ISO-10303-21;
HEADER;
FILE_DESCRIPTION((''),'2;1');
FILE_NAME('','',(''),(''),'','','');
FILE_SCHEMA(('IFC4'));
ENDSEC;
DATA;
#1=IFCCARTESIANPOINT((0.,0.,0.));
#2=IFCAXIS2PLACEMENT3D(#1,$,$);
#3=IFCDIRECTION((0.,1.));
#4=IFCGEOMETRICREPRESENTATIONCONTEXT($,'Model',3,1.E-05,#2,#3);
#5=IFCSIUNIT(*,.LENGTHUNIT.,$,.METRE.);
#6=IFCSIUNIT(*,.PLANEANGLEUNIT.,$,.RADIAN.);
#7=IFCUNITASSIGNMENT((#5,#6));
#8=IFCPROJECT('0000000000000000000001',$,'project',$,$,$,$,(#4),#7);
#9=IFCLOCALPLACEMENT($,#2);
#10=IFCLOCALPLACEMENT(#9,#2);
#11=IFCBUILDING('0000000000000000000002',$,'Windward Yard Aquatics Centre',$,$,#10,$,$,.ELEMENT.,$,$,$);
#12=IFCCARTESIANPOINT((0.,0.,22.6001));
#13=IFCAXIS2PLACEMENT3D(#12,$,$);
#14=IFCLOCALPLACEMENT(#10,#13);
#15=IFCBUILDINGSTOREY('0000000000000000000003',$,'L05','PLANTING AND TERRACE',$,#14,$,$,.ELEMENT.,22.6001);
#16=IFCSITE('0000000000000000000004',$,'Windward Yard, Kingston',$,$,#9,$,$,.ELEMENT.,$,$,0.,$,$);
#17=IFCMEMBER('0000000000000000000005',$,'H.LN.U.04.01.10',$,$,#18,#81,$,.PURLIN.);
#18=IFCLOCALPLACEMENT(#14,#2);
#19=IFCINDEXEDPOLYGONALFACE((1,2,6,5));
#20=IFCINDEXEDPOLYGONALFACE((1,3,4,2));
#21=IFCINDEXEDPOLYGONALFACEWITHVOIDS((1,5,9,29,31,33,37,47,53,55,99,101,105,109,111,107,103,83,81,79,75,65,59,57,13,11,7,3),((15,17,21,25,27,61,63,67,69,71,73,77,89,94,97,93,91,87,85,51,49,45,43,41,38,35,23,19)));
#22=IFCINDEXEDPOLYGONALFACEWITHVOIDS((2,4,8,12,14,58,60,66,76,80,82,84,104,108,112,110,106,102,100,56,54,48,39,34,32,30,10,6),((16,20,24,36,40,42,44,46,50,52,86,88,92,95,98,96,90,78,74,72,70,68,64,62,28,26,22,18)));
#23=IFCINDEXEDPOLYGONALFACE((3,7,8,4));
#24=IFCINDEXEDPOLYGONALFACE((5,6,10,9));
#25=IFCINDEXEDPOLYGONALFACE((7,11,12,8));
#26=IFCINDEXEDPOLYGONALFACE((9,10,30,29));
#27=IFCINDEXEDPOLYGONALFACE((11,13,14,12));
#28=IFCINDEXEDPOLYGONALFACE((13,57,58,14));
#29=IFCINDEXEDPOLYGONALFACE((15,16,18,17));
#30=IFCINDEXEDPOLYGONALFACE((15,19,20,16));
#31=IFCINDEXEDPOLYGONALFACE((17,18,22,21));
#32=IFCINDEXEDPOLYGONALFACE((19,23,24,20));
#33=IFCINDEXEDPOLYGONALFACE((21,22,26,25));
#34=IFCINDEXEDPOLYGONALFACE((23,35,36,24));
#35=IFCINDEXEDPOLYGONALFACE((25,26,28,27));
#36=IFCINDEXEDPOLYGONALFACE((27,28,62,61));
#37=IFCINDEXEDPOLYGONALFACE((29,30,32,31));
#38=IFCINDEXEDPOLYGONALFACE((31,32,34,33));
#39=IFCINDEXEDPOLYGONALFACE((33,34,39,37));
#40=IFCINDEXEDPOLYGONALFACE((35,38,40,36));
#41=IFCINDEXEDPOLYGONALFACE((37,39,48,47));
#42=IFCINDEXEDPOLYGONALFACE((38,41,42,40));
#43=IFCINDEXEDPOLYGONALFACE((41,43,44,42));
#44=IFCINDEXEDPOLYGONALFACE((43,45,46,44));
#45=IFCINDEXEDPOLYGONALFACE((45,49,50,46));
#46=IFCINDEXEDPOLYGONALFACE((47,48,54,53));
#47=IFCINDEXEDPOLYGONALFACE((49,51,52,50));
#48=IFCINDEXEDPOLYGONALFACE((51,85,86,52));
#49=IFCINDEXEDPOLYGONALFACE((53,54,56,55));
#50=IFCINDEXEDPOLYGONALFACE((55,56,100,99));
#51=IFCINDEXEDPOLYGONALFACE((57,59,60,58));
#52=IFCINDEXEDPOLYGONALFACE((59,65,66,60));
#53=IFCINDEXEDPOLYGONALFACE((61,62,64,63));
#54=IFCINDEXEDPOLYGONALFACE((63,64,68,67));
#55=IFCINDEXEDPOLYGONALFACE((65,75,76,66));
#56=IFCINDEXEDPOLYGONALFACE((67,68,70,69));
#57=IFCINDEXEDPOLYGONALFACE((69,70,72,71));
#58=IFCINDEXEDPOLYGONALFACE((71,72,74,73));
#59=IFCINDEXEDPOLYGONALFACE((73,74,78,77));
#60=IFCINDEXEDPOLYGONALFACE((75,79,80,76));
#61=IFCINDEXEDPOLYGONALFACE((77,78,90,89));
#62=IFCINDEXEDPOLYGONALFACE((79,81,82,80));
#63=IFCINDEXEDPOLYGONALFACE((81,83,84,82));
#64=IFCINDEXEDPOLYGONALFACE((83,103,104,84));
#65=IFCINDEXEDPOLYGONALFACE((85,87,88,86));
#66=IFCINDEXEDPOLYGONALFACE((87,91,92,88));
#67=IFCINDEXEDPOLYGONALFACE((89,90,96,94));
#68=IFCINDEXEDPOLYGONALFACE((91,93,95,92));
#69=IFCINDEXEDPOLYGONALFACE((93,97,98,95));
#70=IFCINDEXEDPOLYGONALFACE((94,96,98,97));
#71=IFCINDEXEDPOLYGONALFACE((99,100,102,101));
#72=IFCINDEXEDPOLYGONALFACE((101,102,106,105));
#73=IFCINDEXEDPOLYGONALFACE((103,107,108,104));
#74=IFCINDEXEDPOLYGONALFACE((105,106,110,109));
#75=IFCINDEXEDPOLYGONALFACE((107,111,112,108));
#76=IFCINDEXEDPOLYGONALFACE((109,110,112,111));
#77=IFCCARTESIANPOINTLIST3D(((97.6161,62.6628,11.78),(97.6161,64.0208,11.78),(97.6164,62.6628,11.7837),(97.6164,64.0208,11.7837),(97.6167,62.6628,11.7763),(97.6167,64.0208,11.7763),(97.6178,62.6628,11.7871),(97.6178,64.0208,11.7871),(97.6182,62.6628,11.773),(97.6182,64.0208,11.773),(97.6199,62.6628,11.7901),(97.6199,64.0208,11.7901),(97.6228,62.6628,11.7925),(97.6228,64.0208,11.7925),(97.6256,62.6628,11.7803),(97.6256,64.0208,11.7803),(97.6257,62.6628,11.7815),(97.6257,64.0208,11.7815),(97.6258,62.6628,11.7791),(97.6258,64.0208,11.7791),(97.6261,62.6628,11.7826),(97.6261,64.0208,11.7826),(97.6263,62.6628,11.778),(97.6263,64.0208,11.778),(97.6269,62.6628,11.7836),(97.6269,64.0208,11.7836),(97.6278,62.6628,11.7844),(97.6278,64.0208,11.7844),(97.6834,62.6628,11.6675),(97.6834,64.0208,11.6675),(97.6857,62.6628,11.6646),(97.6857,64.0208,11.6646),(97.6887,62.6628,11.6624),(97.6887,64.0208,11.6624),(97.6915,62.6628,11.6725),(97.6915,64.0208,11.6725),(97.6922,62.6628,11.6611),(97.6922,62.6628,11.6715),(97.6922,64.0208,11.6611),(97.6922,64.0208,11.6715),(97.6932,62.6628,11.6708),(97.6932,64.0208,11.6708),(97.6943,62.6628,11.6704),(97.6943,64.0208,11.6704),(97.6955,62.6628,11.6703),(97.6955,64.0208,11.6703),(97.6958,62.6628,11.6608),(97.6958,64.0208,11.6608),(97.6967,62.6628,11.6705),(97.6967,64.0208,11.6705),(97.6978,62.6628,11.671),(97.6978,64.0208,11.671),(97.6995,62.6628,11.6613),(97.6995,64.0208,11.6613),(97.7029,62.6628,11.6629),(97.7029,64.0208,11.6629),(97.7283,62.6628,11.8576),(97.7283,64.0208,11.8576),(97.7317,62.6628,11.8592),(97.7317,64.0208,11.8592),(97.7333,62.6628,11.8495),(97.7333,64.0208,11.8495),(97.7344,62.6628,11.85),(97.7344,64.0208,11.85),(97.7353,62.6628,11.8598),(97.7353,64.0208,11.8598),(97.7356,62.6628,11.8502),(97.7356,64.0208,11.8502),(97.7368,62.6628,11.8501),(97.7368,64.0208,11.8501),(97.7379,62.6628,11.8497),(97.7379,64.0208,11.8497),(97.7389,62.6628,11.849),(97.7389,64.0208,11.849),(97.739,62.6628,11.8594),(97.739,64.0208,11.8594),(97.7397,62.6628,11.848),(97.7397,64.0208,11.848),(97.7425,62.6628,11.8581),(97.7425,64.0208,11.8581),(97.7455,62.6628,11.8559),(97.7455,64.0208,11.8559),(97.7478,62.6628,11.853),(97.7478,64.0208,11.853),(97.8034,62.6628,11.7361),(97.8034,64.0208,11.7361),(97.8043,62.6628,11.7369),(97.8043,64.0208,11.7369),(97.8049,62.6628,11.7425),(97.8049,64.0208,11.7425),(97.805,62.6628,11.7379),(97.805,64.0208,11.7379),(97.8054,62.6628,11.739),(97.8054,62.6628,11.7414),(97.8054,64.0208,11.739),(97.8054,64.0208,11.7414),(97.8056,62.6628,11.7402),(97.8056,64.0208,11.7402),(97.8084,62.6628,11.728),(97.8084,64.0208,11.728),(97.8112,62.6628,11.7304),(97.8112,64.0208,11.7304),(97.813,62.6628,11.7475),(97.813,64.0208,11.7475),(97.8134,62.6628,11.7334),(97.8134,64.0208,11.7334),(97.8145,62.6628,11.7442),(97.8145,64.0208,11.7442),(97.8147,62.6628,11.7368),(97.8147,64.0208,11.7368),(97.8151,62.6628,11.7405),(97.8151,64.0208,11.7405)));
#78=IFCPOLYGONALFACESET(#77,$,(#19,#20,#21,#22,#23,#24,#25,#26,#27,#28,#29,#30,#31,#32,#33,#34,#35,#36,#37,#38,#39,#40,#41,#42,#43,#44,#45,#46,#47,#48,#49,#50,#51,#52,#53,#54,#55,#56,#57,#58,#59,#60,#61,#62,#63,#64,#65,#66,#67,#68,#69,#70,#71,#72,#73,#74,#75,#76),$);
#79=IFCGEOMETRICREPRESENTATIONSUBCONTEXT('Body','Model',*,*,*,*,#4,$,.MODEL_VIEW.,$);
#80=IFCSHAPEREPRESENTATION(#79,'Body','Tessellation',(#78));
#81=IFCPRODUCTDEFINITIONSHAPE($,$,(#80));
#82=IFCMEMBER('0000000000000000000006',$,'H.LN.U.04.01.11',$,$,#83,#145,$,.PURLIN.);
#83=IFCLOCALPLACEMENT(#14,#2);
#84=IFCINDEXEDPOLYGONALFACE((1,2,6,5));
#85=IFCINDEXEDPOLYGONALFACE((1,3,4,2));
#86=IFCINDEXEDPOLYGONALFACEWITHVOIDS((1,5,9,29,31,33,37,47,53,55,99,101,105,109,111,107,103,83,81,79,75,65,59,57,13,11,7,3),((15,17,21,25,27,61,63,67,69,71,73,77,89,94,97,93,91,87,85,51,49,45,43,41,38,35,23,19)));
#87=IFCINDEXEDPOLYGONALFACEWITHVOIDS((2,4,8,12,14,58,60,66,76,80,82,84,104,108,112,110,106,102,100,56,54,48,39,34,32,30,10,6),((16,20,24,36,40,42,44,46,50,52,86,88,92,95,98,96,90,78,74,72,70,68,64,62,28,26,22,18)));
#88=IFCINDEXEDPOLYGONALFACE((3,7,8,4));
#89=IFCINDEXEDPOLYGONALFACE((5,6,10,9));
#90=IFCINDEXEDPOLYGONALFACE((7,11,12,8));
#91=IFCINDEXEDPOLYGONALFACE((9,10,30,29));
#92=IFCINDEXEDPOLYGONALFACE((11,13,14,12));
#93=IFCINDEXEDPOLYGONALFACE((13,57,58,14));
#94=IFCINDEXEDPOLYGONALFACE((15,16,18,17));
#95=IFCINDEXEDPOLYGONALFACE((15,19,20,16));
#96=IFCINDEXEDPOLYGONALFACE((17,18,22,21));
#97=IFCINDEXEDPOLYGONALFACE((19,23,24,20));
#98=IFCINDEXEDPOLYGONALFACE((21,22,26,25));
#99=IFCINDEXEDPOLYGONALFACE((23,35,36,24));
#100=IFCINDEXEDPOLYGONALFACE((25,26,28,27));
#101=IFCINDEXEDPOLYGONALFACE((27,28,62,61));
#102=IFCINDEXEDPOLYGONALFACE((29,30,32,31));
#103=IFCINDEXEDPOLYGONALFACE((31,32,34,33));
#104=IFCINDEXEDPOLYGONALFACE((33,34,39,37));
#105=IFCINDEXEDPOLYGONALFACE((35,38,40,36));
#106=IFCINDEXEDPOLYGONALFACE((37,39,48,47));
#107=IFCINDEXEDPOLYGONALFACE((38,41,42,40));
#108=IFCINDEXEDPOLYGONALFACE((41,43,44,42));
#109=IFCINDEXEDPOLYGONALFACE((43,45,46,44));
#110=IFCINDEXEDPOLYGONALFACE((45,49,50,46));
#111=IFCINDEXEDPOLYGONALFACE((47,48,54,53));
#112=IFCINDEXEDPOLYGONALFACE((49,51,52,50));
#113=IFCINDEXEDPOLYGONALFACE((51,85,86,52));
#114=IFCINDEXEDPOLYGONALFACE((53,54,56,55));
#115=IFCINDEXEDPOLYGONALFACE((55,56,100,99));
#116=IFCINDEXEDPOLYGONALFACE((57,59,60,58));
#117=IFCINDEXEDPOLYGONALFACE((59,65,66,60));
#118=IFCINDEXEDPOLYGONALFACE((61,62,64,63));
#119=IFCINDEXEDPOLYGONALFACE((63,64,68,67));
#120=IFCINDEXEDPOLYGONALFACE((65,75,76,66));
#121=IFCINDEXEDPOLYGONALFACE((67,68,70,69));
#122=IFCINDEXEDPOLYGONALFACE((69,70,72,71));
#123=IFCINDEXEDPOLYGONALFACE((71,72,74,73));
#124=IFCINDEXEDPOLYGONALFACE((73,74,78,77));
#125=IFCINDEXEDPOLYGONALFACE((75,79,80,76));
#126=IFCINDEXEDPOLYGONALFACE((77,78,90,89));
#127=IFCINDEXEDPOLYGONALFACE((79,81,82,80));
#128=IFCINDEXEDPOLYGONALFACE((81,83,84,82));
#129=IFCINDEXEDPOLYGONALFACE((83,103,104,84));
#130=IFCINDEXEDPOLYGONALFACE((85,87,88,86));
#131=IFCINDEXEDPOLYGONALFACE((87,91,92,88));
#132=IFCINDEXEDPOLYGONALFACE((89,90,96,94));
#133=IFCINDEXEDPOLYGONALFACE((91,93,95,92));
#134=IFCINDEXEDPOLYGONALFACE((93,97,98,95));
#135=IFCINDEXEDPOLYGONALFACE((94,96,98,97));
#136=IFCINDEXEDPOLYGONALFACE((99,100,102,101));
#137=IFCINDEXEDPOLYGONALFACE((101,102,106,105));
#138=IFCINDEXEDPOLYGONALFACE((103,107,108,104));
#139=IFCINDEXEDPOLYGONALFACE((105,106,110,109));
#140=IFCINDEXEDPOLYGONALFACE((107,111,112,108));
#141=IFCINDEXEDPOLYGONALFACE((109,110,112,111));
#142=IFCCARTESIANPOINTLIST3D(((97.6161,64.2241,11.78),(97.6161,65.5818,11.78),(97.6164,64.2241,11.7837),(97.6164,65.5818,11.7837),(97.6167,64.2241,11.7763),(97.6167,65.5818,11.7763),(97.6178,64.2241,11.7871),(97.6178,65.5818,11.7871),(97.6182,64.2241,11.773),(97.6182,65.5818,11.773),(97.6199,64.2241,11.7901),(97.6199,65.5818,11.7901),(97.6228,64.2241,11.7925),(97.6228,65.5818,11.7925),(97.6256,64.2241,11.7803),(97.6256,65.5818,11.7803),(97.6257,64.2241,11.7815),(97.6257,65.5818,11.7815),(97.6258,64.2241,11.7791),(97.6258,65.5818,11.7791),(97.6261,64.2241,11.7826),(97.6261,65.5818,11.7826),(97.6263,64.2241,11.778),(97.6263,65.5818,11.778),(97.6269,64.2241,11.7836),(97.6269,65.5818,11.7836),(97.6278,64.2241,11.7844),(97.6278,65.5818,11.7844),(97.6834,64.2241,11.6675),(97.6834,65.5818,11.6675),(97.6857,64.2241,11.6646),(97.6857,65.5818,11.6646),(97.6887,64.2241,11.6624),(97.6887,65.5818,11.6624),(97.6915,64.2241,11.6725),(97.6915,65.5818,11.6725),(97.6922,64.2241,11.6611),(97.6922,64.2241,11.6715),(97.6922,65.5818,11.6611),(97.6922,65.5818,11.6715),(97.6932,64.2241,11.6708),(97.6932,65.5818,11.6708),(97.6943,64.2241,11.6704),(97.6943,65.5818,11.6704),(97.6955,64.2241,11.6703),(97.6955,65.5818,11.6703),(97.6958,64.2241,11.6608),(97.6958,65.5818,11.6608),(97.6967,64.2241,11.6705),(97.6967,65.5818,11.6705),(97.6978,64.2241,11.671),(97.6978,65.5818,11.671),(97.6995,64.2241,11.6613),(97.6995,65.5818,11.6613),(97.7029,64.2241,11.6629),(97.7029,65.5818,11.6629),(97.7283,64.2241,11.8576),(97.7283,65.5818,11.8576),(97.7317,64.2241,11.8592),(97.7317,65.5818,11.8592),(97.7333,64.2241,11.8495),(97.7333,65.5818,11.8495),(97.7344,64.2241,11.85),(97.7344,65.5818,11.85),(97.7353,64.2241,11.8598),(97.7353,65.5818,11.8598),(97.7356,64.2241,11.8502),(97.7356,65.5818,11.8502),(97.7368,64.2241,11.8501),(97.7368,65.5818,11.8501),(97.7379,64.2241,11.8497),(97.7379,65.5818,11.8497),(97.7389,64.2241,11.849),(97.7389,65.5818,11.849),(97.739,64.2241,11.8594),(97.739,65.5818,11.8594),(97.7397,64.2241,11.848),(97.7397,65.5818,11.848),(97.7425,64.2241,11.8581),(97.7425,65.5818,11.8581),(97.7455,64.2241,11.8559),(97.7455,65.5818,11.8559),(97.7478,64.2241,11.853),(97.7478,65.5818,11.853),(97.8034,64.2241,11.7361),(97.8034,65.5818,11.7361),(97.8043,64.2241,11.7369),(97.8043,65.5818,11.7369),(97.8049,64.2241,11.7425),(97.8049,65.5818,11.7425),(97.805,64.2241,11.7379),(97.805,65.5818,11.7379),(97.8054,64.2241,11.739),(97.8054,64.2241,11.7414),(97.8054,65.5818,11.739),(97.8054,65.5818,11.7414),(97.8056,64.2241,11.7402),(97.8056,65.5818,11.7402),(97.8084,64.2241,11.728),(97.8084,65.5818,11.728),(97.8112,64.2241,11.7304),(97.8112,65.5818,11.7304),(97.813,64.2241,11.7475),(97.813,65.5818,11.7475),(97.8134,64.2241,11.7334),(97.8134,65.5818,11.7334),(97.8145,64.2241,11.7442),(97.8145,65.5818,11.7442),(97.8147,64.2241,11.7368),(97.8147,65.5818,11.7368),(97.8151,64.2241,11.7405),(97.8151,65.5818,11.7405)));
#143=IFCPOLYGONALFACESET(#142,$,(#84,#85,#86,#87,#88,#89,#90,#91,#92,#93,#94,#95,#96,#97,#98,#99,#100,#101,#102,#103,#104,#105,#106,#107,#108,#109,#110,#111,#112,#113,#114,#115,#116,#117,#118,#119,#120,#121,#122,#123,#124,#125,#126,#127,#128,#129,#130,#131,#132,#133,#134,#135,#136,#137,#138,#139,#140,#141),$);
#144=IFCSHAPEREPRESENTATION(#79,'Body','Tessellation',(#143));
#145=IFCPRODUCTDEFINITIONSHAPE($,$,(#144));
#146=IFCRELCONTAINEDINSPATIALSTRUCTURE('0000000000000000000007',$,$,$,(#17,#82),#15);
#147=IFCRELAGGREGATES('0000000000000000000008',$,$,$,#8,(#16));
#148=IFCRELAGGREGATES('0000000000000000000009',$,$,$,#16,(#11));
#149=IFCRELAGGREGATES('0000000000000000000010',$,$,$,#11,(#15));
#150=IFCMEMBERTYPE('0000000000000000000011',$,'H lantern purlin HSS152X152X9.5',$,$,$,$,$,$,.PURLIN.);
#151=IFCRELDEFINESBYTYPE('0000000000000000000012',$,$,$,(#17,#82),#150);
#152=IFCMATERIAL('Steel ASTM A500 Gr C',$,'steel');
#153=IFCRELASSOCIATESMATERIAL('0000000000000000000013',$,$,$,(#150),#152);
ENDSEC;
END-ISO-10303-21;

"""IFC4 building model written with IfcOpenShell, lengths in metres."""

from ifc_helpers import new_model, si_unit, direction, frame, origin, origin_2d, place, context, subcontext, project, spatial, hollow_rectangle, extrude, material, material_profile, profile_set, type_object, element, save


model = new_model("IFC4")

# Units and contexts
model_context = context("Model", 3, precision=1e-05, world=origin(), true_north=direction((0.0, 1.0)))
body_context = subcontext(model_context, "Body", "Model", "MODEL_VIEW")
ifc_project = project(units=[si_unit("LENGTHUNIT", "METRE"), si_unit("PLANEANGLEUNIT", "RADIAN")], contexts=[model_context])

# Site, building, storey
site_placement = place(None, origin())
site = spatial("IfcSite", under=ifc_project, at=site_placement, Name="Windward Yard, Kingston", CompositionType="ELEMENT", RefElevation=0.0)
building_placement = place(site_placement, origin())
building = spatial("IfcBuilding", under=site, at=building_placement, Name="Windward Yard Aquatics Centre", CompositionType="ELEMENT")
storey_placement = place(building_placement, frame((0.0, 0.0, 22.6001)))
storey = spatial("IfcBuildingStorey", under=building, at=storey_placement, Name="L05", Description="PLANTING AND TERRACE", CompositionType="ELEMENT", Elevation=22.6001)

# Members
ifc_material_1 = material(Name="Steel ASTM A500 Gr C", Category="steel")
ifc_material_profile_1 = material_profile(ifc_material_1, hollow_rectangle(XDim=0.1523, YDim=0.1523, WallThickness=0.0095, InnerFilletRadius=0.0046, OuterFilletRadius=0.0142, at=origin_2d()), Name="HSS152X152X9.5")
ifc_profile_set_1 = profile_set([ifc_material_profile_1], Name="Steel ASTM A500 Gr C")
member_type_1 = type_object("IfcMemberType", Name="H lantern purlin HSS152X152X9.5", PredefinedType="PURLIN", material=ifc_profile_set_1)
member_1_placement = place(storey_placement, frame((97.7156, 62.6628, 11.7603), z_axis=(0.0, 1.0, 0.0), x_axis=(-0.850755, 0.0, -0.525562)))
element("IfcMember", 1, at=member_1_placement, inside=storey, type_object=member_type_1, Name="H.LN.U.04.01.10", PredefinedType="PURLIN", context=body_context, shape_type="SweptSolid", body=[
    extrude(hollow_rectangle(XDim=0.1523, YDim=0.1523, WallThickness=0.0095, InnerFilletRadius=0.0046, OuterFilletRadius=0.0142, at=origin_2d()), origin(), (0.0, 0.0, 1.0), 1.3579),
])
member_2_placement = place(storey_placement, frame((97.7156, 64.2241, 11.7603), z_axis=(0.0, 1.0, 0.0), x_axis=(-0.850755, 0.0, -0.525562)))
element("IfcMember", 2, at=member_2_placement, inside=storey, type_object=member_type_1, Name="H.LN.U.04.01.11", PredefinedType="PURLIN", context=body_context, shape_type="SweptSolid", body=[
    extrude(hollow_rectangle(XDim=0.1523, YDim=0.1523, WallThickness=0.0095, InnerFilletRadius=0.0046, OuterFilletRadius=0.0142, at=origin_2d()), origin(), (0.0, 0.0, 1.0), 1.3577),
])

save(model, "model.ifc")
